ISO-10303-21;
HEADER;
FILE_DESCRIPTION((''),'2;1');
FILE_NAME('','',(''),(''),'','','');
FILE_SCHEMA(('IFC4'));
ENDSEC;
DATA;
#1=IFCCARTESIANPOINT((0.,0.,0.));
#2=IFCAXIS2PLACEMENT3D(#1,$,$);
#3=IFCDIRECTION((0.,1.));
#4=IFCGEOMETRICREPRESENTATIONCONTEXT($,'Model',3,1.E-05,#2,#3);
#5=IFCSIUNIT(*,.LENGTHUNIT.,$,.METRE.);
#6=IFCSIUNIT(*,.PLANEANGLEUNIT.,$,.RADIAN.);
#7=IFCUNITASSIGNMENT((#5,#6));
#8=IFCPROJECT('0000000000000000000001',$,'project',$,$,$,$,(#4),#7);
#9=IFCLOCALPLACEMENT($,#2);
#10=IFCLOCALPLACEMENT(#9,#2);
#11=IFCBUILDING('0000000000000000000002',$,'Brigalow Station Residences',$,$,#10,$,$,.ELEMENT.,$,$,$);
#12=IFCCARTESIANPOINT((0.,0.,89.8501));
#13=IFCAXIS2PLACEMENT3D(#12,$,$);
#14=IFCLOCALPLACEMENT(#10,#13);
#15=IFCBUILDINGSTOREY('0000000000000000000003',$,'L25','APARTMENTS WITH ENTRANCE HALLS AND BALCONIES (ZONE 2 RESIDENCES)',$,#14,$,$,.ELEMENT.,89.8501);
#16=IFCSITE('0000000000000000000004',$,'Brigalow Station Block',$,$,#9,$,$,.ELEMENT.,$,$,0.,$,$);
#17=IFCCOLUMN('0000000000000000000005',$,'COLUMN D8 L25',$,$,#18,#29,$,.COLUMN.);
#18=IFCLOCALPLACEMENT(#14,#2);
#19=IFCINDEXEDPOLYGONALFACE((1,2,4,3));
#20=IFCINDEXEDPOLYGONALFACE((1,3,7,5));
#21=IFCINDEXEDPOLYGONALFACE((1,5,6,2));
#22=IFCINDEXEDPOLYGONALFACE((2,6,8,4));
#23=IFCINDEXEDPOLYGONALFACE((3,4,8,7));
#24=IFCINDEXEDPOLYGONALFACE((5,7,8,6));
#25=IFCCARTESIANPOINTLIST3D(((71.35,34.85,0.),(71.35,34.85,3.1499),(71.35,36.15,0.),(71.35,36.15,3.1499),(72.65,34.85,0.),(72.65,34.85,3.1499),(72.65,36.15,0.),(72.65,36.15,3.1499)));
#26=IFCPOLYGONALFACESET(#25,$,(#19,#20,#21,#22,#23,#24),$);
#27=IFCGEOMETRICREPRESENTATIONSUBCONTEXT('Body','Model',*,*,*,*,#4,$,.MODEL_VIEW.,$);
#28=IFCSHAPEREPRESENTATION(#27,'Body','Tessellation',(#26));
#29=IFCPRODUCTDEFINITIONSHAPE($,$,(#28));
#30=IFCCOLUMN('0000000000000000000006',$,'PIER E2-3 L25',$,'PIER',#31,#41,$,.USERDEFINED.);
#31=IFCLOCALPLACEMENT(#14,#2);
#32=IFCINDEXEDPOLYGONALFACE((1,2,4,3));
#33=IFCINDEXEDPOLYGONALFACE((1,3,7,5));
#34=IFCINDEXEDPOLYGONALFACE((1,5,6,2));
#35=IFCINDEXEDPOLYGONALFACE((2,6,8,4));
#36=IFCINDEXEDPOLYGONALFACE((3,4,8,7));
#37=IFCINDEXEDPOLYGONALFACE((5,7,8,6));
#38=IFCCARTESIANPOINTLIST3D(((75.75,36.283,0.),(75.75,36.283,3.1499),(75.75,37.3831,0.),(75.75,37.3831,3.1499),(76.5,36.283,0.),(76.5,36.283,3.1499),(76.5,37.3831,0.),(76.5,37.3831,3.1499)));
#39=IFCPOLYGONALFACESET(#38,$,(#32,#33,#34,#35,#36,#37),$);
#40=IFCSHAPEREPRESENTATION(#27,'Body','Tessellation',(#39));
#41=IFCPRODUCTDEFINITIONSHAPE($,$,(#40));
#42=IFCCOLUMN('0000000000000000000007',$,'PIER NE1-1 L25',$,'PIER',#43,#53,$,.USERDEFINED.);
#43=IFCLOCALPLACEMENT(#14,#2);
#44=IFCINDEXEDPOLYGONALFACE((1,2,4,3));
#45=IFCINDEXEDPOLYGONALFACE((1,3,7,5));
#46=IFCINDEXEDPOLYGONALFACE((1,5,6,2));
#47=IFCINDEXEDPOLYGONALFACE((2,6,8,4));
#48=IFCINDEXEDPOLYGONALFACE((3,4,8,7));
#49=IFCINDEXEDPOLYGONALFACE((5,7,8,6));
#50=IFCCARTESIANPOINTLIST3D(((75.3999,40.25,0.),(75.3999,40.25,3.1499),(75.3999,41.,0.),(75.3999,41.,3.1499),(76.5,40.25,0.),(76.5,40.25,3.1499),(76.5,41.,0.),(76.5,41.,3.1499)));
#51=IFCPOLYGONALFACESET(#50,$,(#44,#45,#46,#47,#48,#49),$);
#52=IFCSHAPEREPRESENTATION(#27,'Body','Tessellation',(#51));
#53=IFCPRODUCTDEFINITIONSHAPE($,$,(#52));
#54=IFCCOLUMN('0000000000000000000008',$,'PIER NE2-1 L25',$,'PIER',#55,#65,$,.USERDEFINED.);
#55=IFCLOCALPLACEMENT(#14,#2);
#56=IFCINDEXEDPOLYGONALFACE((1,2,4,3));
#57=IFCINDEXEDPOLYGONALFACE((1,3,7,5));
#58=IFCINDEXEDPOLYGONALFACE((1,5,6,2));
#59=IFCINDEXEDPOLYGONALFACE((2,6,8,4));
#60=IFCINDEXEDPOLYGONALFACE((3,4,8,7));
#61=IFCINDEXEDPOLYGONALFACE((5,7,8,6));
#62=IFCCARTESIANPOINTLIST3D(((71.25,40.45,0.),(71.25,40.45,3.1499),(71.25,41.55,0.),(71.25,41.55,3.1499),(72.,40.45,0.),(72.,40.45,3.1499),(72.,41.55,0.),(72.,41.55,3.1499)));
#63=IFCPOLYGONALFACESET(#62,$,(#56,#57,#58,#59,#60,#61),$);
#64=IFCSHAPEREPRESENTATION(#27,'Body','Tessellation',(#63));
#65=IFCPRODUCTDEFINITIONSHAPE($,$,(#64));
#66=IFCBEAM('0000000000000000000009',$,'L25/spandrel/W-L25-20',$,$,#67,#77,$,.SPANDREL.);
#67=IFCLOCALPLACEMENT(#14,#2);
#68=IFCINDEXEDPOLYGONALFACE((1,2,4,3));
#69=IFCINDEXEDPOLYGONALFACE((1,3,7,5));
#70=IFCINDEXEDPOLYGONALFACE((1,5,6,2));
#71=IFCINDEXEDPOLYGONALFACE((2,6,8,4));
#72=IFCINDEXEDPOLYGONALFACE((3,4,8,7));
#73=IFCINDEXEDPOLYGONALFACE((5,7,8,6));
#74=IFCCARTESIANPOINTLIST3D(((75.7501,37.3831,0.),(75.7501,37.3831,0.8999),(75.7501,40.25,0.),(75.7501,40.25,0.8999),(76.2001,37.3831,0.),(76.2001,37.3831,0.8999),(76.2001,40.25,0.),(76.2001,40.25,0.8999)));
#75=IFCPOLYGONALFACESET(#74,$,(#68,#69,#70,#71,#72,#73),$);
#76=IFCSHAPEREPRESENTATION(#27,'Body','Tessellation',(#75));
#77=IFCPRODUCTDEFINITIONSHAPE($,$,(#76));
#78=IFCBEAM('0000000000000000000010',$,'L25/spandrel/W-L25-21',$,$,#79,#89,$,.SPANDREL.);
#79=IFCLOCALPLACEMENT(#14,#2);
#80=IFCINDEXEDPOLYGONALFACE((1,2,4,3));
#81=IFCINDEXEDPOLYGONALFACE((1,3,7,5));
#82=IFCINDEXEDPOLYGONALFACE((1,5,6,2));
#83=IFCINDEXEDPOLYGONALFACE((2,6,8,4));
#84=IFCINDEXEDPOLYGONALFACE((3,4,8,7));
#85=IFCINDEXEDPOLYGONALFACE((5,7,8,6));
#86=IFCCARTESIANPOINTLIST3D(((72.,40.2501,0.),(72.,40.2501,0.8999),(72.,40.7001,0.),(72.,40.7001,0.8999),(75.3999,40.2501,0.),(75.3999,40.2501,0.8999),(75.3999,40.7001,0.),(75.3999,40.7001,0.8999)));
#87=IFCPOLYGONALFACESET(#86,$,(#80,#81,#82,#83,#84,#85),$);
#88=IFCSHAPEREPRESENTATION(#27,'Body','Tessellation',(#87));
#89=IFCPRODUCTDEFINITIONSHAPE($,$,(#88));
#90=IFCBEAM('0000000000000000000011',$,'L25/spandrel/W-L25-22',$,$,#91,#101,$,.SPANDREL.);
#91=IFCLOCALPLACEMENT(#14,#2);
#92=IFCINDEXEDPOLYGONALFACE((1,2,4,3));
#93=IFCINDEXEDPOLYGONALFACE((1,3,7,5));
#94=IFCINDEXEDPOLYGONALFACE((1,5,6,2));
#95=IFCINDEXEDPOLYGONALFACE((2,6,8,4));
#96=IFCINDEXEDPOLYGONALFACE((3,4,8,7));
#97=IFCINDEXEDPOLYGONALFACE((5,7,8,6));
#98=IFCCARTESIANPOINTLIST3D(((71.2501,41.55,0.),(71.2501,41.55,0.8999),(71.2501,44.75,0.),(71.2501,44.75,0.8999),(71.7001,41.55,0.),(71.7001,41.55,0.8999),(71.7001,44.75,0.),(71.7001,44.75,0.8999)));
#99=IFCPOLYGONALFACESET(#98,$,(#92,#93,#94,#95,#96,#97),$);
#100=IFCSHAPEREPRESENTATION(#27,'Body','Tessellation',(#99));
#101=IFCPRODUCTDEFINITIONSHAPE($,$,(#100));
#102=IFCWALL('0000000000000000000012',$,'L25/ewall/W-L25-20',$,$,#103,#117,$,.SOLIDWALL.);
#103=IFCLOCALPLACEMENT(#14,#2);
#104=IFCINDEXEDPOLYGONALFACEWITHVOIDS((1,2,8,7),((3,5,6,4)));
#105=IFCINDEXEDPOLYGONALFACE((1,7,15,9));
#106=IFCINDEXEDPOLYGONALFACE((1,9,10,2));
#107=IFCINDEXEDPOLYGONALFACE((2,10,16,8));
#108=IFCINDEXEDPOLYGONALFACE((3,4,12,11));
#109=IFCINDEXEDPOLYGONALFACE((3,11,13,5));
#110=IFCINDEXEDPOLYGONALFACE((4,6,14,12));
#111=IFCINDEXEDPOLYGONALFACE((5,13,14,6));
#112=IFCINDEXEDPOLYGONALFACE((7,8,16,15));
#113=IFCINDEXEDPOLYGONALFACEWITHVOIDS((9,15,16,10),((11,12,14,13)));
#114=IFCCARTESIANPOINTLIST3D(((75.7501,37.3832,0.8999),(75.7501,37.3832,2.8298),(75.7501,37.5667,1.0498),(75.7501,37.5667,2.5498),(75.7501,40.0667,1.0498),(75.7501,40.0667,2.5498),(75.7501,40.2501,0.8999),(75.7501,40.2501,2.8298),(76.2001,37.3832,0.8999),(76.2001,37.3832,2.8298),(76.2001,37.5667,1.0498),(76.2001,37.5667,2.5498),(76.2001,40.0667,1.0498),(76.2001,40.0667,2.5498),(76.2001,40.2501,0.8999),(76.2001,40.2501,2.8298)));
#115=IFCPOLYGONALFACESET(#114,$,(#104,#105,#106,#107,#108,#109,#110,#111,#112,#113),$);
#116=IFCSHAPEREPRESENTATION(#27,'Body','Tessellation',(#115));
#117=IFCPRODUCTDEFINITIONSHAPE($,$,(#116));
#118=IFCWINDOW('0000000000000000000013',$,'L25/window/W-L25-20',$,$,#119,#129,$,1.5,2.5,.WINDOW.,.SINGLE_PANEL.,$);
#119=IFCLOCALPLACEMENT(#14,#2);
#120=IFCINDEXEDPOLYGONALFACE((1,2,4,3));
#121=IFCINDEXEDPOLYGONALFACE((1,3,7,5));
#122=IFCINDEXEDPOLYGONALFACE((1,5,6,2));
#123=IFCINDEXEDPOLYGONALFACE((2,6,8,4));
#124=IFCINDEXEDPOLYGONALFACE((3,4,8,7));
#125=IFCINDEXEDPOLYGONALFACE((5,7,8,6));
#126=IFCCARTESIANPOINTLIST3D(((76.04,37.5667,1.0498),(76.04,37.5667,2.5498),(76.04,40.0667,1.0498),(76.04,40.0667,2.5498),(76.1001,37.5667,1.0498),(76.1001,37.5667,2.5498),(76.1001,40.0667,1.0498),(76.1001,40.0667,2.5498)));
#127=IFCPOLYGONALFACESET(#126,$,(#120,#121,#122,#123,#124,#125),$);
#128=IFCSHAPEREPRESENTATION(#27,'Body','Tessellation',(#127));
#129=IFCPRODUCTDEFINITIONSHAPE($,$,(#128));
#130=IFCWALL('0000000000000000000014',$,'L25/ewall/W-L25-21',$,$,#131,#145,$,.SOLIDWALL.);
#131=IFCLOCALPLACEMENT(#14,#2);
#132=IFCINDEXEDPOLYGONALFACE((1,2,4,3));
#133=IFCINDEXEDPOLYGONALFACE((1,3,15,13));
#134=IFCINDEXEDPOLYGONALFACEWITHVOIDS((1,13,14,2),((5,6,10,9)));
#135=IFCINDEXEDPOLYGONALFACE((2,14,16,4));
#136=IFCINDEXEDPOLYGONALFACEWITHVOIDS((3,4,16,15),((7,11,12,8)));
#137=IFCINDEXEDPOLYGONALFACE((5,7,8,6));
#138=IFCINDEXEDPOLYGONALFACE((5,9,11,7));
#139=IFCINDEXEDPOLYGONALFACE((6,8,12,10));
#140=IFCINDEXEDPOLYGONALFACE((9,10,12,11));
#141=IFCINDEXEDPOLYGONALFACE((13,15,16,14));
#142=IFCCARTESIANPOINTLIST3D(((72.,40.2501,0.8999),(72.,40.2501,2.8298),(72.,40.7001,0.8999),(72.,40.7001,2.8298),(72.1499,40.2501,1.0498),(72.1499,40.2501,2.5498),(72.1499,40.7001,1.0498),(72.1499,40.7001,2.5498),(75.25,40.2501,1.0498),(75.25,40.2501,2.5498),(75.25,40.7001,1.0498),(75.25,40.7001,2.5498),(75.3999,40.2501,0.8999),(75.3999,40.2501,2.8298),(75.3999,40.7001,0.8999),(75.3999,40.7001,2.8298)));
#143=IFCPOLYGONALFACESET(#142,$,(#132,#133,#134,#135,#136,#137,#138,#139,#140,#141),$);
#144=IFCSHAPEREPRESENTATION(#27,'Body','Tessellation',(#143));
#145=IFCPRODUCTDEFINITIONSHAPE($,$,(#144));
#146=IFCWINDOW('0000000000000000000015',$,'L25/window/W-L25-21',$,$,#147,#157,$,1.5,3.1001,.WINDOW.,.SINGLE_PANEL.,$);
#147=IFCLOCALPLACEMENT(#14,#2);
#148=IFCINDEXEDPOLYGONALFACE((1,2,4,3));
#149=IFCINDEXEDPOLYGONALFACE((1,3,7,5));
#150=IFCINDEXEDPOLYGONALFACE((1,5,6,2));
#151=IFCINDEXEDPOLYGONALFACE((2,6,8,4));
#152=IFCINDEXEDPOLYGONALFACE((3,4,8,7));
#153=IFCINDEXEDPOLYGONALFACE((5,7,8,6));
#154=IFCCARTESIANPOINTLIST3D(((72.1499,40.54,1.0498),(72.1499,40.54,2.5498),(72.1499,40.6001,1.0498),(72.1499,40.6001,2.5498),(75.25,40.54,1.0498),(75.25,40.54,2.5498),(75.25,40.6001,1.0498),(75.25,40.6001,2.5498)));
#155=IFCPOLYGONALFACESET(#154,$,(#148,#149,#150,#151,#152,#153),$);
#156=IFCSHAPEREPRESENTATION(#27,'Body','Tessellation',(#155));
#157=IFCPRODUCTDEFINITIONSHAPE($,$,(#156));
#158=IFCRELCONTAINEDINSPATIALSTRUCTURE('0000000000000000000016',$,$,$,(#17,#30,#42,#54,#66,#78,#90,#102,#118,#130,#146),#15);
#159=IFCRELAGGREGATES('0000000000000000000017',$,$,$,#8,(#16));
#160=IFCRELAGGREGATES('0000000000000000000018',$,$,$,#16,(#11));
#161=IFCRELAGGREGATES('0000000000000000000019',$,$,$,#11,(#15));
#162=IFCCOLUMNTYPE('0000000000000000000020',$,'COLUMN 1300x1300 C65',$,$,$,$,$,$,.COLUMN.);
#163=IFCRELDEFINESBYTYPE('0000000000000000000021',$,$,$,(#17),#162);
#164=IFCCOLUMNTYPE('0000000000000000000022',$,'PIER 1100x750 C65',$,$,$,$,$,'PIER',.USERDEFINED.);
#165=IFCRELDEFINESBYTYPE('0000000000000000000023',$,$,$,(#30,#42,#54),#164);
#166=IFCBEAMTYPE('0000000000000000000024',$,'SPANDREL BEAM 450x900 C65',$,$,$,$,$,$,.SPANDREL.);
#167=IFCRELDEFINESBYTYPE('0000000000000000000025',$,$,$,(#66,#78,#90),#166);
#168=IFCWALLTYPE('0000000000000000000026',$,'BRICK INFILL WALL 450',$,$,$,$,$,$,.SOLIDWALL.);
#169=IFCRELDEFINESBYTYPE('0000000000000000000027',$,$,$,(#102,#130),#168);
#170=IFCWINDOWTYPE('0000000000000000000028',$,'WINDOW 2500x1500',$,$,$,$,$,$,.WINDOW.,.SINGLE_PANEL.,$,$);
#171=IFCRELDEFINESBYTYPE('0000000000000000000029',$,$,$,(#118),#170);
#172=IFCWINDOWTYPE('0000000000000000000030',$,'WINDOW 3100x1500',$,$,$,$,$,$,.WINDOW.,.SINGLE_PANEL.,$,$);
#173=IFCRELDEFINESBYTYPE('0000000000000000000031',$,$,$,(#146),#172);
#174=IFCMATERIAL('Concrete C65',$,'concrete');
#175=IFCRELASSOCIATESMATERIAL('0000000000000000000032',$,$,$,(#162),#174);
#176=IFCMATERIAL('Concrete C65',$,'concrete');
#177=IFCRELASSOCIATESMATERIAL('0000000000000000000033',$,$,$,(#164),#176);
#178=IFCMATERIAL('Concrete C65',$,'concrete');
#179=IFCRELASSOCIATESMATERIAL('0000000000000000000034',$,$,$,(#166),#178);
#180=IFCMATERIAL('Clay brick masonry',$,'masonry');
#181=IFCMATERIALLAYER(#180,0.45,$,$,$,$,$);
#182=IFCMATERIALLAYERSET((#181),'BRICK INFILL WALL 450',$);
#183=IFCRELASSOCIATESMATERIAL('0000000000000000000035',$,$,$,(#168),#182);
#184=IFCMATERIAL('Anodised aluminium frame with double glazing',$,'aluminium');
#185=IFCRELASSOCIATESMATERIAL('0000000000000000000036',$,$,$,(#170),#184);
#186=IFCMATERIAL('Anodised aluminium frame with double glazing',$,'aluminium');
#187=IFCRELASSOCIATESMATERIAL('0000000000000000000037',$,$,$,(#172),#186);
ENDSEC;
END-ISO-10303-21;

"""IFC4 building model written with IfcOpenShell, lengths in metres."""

from ifc_helpers import new_model, si_unit, direction, frame, frame_2d, origin, origin_2d, place, context, subcontext, project, spatial, rectangle, extrude, material, layer, layer_set, material_profile, profile_set, type_object, element, fill, save


model = new_model("IFC4")

# Units and contexts
model_context = context("Model", 3, precision=1e-05, world=origin(), true_north=direction((0.0, 1.0)))
body_context = subcontext(model_context, "Body", "Model", "MODEL_VIEW")
ifc_project = project(units=[si_unit("LENGTHUNIT", "METRE"), si_unit("PLANEANGLEUNIT", "RADIAN")], contexts=[model_context])

# Site, building, storey
site_placement = place(None, origin())
site = spatial("IfcSite", under=ifc_project, at=site_placement, Name="Brigalow Station Block", CompositionType="ELEMENT", RefElevation=0.0)
building_placement = place(site_placement, origin())
building = spatial("IfcBuilding", under=site, at=building_placement, Name="Brigalow Station Residences", CompositionType="ELEMENT")
storey_placement = place(building_placement, frame((0.0, 0.0, 89.8501)))
storey = spatial("IfcBuildingStorey", under=building, at=storey_placement, Name="L25", Description="APARTMENTS WITH ENTRANCE HALLS AND BALCONIES (ZONE 2 RESIDENCES)", CompositionType="ELEMENT", Elevation=89.8501)

# Columns
ifc_material_1 = material(Name="Concrete C65", Category="concrete")
ifc_material_profile_1 = material_profile(ifc_material_1, rectangle(XDim=1.3, YDim=1.3, at=origin_2d()), Name="RC1300x1300")
ifc_profile_set_1 = profile_set([ifc_material_profile_1], Name="Concrete C65")
column_type_1 = type_object("IfcColumnType", Name="COLUMN 1300x1300 C65", PredefinedType="COLUMN", material=ifc_profile_set_1)
column_placement = place(storey_placement, frame((72.0, 35.5, 0.0), z_axis=(0.0, 0.0, 1.0), x_axis=(1.0, 0.0, 0.0)))
element("IfcColumn", 1, at=column_placement, inside=storey, type_object=column_type_1, Name="COLUMN D8 L25", PredefinedType="COLUMN", context=body_context, shape_type="SweptSolid", body=[
    extrude(rectangle(XDim=1.3, YDim=1.3, at=origin_2d()), origin(), (0.0, 0.0, 1.0), 3.1499),
])
ifc_material_2 = material(Name="Concrete C65", Category="concrete")
ifc_material_profile_2 = material_profile(ifc_material_2, rectangle(XDim=1.1001, YDim=0.75, at=origin_2d()), Name="RC1100x750")
ifc_profile_set_2 = profile_set([ifc_material_profile_2], Name="Concrete C65")
column_type_2 = type_object("IfcColumnType", Name="PIER 1100x750 C65", ElementType="PIER", PredefinedType="USERDEFINED", material=ifc_profile_set_2)
for number, where, z_axis, x_axis, name in (
    (2, (76.125, 36.833, 0.0), (0.0, 0.0, 1.0), (0.0, 1.0, 0.0), "PIER E2-3 L25"),
    (3, (75.95, 40.625, 0.0), (0.0, 0.0, 1.0), (-1.0, 0.0, 0.0), "PIER NE1-1 L25"),
    (4, (71.625, 41.0, 0.0), (0.0, 0.0, 1.0), (0.0, 1.0, 0.0), "PIER NE2-1 L25"),
):
    element("IfcColumn", number, at=place(storey_placement, frame(where, z_axis=z_axis, x_axis=x_axis)), inside=storey, type_object=column_type_2, Name=name, ObjectType="PIER", PredefinedType="USERDEFINED", context=body_context, shape_type="SweptSolid", body=[
        extrude(rectangle(XDim=1.1001, YDim=0.75, at=origin_2d()), origin(), (0.0, 0.0, 1.0), 3.1499),
    ])

# Beams
ifc_material_3 = material(Name="Concrete C65", Category="concrete")
ifc_material_profile_3 = material_profile(ifc_material_3, rectangle(XDim=0.45, YDim=0.8999, at=origin_2d()), Name="RC450x900")
ifc_profile_set_3 = profile_set([ifc_material_profile_3], Name="Concrete C65")
beam_type = type_object("IfcBeamType", Name="SPANDREL BEAM 450x900 C65", PredefinedType="SPANDREL", material=ifc_profile_set_3)
beam_1_placement = place(storey_placement, frame((75.9751, 37.3831, 0.45), z_axis=(0.0, 1.0, 0.0), x_axis=(-1.0, 0.0, 0.0)))
element("IfcBeam", 5, at=beam_1_placement, inside=storey, type_object=beam_type, Name="L25/spandrel/W-L25-20", PredefinedType="SPANDREL", context=body_context, shape_type="SweptSolid", body=[
    extrude(rectangle(XDim=0.45, YDim=0.8999, at=origin_2d()), origin(), (0.0, 0.0, 1.0), 2.8669),
])
beam_2_placement = place(storey_placement, frame((75.3999, 40.4751, 0.45), z_axis=(-1.0, 0.0, 0.0), x_axis=(0.0, -1.0, 0.0)))
element("IfcBeam", 6, at=beam_2_placement, inside=storey, type_object=beam_type, Name="L25/spandrel/W-L25-21", PredefinedType="SPANDREL", context=body_context, shape_type="SweptSolid", body=[
    extrude(rectangle(XDim=0.45, YDim=0.8999, at=origin_2d()), origin(), (0.0, 0.0, 1.0), 3.3999),
])
beam_3_placement = place(storey_placement, frame((71.4751, 41.55, 0.45), z_axis=(0.0, 1.0, 0.0), x_axis=(-1.0, 0.0, 0.0)))
element("IfcBeam", 7, at=beam_3_placement, inside=storey, type_object=beam_type, Name="L25/spandrel/W-L25-22", PredefinedType="SPANDREL", context=body_context, shape_type="SweptSolid", body=[
    extrude(rectangle(XDim=0.45, YDim=0.8999, at=origin_2d()), origin(), (0.0, 0.0, 1.0), 3.2),
])

# Walls, openings, windows
ifc_material_4 = material(Name="Clay brick masonry", Category="masonry")
ifc_layer_1 = layer(ifc_material_4, 0.45)
ifc_layer_set_1 = layer_set([ifc_layer_1], Name="BRICK INFILL WALL 450")
wall_type_1 = type_object("IfcWallType", Name="BRICK INFILL WALL 450", PredefinedType="SOLIDWALL", material=ifc_layer_set_1)
wall_1_placement = place(storey_placement, frame((75.9751, 37.3831, 0.8999), z_axis=(0.0, 0.0, 1.0), x_axis=(0.0, 1.0, 0.0)))
wall_1 = element("IfcWall", 8, at=wall_1_placement, inside=storey, type_object=wall_type_1, Name="L25/ewall/W-L25-20", PredefinedType="SOLIDWALL", context=body_context, shape_type="SweptSolid", body=[
    extrude(rectangle(XDim=2.8669, YDim=0.45, at=frame_2d((1.4336, 0.0))), origin(), (0.0, 0.0, 1.0), 1.9299),
])
opening_1_placement = place(wall_1_placement, frame((0.1836, 0.0, 0.1499)))
opening_1 = element("IfcOpeningElement", 9, at=opening_1_placement, cuts=wall_1, PredefinedType="OPENING", context=body_context, shape_type="SweptSolid", body=[
    extrude(rectangle(XDim=2.5, YDim=1.5, at=frame_2d((1.25, 0.75))), frame((0.0, 0.2349, 0.0), z_axis=(0.0, -1.0, 0.0), x_axis=(1.0, 0.0, 0.0)), (0.0, 0.0, 1.0), 0.47),
])
ifc_material_5 = material(Name="Anodised aluminium frame with double glazing", Category="aluminium")
window_type_1 = type_object("IfcWindowType", Name="WINDOW 2500x1500", PartitioningType="SINGLE_PANEL", PredefinedType="WINDOW", material=ifc_material_5)
window_1_placement = place(opening_1_placement, origin())
window_1 = element("IfcWindow", 10, at=window_1_placement, inside=storey, type_object=window_type_1, Name="L25/window/W-L25-20", OverallHeight=1.5, OverallWidth=2.5, PartitioningType="SINGLE_PANEL", PredefinedType="WINDOW", context=body_context, shape_type="SweptSolid", body=[
    extrude(rectangle(XDim=2.5, YDim=1.5, at=frame_2d((1.25, 0.75))), frame((0.0, -0.0649, 0.0), z_axis=(0.0, -1.0, 0.0), x_axis=(1.0, 0.0, 0.0)), (0.0, 0.0, 1.0), 0.0601),
])
fill(opening_1, window_1)
wall_2_placement = place(storey_placement, frame((75.3999, 40.4751, 0.8999), z_axis=(0.0, 0.0, 1.0), x_axis=(-1.0, 0.0, 0.0)))
wall_2 = element("IfcWall", 11, at=wall_2_placement, inside=storey, type_object=wall_type_1, Name="L25/ewall/W-L25-21", PredefinedType="SOLIDWALL", context=body_context, shape_type="SweptSolid", body=[
    extrude(rectangle(XDim=3.3999, YDim=0.45, at=frame_2d((1.7, 0.0))), origin(), (0.0, 0.0, 1.0), 1.9299),
])
opening_2_placement = place(wall_2_placement, frame((0.1499, 0.0, 0.1499)))
opening_2 = element("IfcOpeningElement", 12, at=opening_2_placement, cuts=wall_2, PredefinedType="OPENING", context=body_context, shape_type="SweptSolid", body=[
    extrude(rectangle(XDim=3.1001, YDim=1.5, at=frame_2d((1.55, 0.75))), frame((0.0, 0.2349, 0.0), z_axis=(0.0, -1.0, 0.0), x_axis=(1.0, 0.0, 0.0)), (0.0, 0.0, 1.0), 0.47),
])
ifc_material_6 = material(Name="Anodised aluminium frame with double glazing", Category="aluminium")
window_type_2 = type_object("IfcWindowType", Name="WINDOW 3100x1500", PartitioningType="SINGLE_PANEL", PredefinedType="WINDOW", material=ifc_material_6)
window_2_placement = place(opening_2_placement, origin())
window_2 = element("IfcWindow", 13, at=window_2_placement, inside=storey, type_object=window_type_2, Name="L25/window/W-L25-21", OverallHeight=1.5, OverallWidth=3.1001, PartitioningType="SINGLE_PANEL", PredefinedType="WINDOW", context=body_context, shape_type="SweptSolid", body=[
    extrude(rectangle(XDim=3.1001, YDim=1.5, at=frame_2d((1.55, 0.75))), frame((0.0, -0.0649, 0.0), z_axis=(0.0, -1.0, 0.0), x_axis=(1.0, 0.0, 0.0)), (0.0, 0.0, 1.0), 0.0601),
])
fill(opening_2, window_2)

save(model, "model.ifc")
